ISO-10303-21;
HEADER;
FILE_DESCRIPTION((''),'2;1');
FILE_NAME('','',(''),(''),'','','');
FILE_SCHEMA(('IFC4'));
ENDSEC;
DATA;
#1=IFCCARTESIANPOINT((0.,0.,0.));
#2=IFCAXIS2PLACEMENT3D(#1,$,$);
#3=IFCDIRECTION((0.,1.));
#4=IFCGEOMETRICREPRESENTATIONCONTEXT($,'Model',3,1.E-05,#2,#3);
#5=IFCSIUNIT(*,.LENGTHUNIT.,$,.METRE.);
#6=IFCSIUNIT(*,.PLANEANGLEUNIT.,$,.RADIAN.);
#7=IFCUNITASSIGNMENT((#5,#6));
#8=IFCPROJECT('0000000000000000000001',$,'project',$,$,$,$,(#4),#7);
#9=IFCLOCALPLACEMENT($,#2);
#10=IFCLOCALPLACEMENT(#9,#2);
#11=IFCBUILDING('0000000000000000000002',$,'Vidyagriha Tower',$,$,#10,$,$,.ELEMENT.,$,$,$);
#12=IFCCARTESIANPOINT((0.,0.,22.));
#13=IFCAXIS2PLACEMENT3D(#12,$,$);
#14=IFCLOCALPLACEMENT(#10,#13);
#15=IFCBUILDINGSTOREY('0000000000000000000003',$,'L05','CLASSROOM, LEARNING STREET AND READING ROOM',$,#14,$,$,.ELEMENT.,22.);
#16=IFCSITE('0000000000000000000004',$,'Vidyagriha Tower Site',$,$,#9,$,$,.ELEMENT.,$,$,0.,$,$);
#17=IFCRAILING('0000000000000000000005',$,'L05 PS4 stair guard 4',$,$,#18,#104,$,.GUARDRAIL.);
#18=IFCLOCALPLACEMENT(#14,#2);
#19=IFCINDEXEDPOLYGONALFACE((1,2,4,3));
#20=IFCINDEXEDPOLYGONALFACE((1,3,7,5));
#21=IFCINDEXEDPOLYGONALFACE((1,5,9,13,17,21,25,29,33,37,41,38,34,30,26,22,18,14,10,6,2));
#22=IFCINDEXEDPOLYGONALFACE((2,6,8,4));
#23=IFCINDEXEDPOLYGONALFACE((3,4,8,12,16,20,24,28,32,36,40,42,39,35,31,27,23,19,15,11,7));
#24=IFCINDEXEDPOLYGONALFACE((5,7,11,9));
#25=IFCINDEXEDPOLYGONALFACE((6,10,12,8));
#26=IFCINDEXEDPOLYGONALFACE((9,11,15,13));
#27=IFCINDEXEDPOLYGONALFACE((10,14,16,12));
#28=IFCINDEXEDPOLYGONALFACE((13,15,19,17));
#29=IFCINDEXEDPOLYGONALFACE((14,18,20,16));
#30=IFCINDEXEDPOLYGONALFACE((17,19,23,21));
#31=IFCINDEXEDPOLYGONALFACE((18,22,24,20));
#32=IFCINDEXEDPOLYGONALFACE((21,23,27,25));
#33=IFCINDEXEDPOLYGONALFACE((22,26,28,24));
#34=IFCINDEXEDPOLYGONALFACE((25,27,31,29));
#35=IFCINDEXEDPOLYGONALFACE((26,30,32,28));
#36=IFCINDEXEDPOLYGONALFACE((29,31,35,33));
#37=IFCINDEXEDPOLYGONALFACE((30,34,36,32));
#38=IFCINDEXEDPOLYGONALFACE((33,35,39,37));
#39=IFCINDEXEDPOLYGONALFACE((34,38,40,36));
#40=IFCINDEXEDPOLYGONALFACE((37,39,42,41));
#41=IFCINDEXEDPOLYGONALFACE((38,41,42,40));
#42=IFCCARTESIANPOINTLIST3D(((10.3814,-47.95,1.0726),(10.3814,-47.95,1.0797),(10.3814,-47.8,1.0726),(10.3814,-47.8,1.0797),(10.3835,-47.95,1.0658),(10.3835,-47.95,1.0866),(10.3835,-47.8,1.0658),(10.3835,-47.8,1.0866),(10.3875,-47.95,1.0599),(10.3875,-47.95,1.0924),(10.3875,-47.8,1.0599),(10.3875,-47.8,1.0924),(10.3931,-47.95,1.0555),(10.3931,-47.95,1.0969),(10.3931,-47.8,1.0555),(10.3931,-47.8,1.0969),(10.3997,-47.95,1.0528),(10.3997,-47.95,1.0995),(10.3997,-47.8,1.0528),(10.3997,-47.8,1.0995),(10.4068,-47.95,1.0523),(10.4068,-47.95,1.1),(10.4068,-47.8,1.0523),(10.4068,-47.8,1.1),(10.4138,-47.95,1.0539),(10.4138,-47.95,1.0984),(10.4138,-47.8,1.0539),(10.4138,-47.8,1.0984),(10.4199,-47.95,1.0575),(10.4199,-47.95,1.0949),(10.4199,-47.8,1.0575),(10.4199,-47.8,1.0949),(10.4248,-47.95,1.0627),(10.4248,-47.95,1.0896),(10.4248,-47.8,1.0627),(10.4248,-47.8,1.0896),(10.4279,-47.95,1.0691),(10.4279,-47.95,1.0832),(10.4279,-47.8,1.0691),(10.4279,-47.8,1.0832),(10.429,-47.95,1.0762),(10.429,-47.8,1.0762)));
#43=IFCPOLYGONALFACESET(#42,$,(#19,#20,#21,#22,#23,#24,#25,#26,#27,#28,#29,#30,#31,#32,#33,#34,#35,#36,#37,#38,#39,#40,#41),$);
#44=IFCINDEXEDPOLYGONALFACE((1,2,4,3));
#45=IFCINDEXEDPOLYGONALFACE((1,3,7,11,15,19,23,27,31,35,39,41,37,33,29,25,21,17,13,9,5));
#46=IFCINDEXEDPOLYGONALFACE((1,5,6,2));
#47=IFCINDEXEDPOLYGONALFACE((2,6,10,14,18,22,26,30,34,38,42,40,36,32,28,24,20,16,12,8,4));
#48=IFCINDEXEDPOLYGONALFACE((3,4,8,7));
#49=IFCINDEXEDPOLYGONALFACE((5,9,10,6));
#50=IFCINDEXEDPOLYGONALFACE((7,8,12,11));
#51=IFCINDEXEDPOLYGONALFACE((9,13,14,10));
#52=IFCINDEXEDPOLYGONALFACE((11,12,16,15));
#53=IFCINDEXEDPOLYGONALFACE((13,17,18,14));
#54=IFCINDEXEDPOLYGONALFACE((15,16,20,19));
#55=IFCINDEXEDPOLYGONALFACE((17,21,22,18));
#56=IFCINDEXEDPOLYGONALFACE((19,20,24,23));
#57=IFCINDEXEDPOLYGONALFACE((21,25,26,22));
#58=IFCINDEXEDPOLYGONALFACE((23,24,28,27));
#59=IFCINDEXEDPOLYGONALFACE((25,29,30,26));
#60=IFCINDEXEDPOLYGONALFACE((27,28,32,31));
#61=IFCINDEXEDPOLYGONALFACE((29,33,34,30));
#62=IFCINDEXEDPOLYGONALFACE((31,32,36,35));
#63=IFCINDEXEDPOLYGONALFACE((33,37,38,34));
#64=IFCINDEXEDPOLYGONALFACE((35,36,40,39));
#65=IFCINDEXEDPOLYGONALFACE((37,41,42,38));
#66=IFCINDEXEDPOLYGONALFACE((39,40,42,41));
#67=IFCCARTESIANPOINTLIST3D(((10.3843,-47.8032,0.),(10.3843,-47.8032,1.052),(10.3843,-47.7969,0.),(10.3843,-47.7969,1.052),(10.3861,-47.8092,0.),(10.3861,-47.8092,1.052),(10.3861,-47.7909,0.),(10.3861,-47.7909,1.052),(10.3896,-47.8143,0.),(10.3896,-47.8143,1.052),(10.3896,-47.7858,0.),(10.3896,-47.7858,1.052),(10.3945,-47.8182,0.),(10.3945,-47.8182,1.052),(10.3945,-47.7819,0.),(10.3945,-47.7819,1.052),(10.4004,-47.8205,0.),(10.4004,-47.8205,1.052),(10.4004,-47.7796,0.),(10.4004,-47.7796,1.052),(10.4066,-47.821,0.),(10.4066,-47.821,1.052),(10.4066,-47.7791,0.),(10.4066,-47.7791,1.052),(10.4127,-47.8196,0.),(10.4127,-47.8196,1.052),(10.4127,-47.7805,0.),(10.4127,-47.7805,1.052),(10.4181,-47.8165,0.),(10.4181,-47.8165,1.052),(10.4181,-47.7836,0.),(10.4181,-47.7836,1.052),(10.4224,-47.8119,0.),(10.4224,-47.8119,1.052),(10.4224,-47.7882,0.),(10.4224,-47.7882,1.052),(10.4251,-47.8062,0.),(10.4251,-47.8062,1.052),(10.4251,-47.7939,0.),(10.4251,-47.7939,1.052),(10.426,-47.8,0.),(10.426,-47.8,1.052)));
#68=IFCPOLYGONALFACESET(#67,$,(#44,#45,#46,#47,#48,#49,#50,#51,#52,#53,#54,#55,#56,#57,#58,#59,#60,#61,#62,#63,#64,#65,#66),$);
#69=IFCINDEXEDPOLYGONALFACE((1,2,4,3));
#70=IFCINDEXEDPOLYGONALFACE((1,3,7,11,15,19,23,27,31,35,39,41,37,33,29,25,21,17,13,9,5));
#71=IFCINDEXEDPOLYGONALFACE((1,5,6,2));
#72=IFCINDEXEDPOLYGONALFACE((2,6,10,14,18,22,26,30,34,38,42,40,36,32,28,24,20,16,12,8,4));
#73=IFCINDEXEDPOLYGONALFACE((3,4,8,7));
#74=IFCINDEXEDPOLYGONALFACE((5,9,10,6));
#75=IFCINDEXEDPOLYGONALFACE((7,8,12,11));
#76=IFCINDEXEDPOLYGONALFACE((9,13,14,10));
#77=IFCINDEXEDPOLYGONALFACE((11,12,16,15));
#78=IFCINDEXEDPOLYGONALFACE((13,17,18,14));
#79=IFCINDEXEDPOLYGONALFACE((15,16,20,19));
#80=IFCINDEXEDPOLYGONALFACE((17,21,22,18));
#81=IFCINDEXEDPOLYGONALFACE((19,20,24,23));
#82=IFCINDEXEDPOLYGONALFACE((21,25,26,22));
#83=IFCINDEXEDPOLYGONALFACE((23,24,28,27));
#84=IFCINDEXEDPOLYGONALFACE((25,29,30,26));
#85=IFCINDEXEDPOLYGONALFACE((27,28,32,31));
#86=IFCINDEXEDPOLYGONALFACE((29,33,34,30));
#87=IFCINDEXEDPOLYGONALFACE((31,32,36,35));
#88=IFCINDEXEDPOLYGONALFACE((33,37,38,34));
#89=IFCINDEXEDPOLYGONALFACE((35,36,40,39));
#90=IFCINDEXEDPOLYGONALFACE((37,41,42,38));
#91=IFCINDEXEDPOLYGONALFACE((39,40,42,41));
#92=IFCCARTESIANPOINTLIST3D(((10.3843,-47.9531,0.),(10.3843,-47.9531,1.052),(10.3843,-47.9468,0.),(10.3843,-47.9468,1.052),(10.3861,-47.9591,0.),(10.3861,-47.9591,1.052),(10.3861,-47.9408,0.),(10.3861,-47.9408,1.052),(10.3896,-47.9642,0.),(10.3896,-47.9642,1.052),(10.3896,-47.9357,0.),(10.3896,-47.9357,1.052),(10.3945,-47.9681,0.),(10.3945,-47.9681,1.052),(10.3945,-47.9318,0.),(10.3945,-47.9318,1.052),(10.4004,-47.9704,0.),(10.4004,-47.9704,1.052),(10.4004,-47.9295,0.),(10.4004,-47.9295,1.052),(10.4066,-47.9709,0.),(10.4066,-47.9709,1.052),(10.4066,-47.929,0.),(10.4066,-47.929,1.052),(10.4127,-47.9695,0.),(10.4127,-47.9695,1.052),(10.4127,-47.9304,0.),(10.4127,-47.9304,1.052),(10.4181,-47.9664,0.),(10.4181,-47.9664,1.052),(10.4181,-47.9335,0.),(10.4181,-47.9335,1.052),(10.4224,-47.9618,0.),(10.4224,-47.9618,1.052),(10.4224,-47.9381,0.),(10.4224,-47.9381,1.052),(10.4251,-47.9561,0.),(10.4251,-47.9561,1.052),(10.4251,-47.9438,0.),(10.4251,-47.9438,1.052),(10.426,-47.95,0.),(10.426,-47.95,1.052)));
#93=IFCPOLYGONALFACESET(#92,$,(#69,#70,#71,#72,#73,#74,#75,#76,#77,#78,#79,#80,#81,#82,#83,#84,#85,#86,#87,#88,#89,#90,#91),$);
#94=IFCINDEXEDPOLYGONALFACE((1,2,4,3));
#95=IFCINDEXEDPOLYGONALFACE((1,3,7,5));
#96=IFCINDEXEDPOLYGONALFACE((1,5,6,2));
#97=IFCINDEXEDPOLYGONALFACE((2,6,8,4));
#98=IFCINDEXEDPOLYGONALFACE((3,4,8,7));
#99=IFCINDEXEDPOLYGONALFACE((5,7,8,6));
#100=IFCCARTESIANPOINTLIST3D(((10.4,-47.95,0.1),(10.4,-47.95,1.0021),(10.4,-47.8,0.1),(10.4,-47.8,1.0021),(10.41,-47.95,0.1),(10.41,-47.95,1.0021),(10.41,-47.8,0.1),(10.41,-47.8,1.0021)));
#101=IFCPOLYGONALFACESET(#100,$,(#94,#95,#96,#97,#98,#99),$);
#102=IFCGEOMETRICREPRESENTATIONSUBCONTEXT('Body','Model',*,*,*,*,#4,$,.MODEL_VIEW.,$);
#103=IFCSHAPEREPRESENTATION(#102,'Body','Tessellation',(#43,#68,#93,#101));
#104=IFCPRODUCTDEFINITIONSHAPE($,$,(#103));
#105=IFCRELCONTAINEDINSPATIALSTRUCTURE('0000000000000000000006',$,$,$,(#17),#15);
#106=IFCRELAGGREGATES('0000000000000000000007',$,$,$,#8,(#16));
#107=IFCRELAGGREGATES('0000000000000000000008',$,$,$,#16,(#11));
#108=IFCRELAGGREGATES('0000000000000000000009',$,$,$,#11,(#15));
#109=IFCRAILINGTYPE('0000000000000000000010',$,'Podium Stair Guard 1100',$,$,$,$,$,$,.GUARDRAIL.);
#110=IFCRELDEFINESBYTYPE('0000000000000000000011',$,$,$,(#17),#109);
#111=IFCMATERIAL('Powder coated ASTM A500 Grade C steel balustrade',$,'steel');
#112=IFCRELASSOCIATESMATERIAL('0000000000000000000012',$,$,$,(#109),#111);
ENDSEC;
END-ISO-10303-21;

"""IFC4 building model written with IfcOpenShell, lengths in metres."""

from ifc_helpers import new_model, si_unit, direction, frame, origin, origin_2d, place, context, subcontext, project, spatial, rectangle, circle, extrude, material, type_object, element, save


model = new_model("IFC4")

# Units and contexts
model_context = context("Model", 3, precision=1e-05, world=origin(), true_north=direction((0.0, 1.0)))
body_context = subcontext(model_context, "Body", "Model", "MODEL_VIEW")
ifc_project = project(units=[si_unit("LENGTHUNIT", "METRE"), si_unit("PLANEANGLEUNIT", "RADIAN")], contexts=[model_context])

# Site, building, storey
site_placement = place(None, origin())
site = spatial("IfcSite", under=ifc_project, at=site_placement, Name="Vidyagriha Tower Site", CompositionType="ELEMENT", RefElevation=0.0)
building_placement = place(site_placement, origin())
building = spatial("IfcBuilding", under=site, at=building_placement, Name="Vidyagriha Tower", CompositionType="ELEMENT")
storey_placement = place(building_placement, frame((0.0, 0.0, 22.0)))
storey = spatial("IfcBuildingStorey", under=building, at=storey_placement, Name="L05", Description="CLASSROOM, LEARNING STREET AND READING ROOM", CompositionType="ELEMENT", Elevation=22.0)

# Railing
ifc_material_1 = material(Name="Powder coated ASTM A500 Grade C steel balustrade", Category="steel")
railing_type_1 = type_object("IfcRailingType", Name="Podium Stair Guard 1100", PredefinedType="GUARDRAIL", material=ifc_material_1)
railing_1_placement = place(storey_placement, frame((10.405, -47.8, 0.0)))
element("IfcRailing", 1, at=railing_1_placement, inside=storey, type_object=railing_type_1, Name="L05 PS4 stair guard 4", PredefinedType="GUARDRAIL", context=body_context, shape_type="SweptSolid", body=[
    extrude(circle(Radius=0.0239, at=origin_2d()), frame((0.0, 0.0, 1.0762), z_axis=(0.0, -1.0, 0.0), x_axis=(1.0, 0.0, 0.0)), (0.0, 0.0, 1.0), 0.1499),
    extrude(circle(Radius=0.021, at=origin_2d()), origin(), (0.0, 0.0, 1.0), 1.052),
    extrude(circle(Radius=0.021, at=origin_2d()), frame((0.0, -0.1499, 0.0)), (0.0, 0.0, 1.0), 1.052),
    extrude(rectangle(XDim=0.01, YDim=0.9021, at=origin_2d()), frame((0.0, 0.0, 0.551), z_axis=(0.0, -1.0, 0.0), x_axis=(1.0, 0.0, 0.0)), (0.0, 0.0, 1.0), 0.1499),
])

save(model, "model.ifc")
